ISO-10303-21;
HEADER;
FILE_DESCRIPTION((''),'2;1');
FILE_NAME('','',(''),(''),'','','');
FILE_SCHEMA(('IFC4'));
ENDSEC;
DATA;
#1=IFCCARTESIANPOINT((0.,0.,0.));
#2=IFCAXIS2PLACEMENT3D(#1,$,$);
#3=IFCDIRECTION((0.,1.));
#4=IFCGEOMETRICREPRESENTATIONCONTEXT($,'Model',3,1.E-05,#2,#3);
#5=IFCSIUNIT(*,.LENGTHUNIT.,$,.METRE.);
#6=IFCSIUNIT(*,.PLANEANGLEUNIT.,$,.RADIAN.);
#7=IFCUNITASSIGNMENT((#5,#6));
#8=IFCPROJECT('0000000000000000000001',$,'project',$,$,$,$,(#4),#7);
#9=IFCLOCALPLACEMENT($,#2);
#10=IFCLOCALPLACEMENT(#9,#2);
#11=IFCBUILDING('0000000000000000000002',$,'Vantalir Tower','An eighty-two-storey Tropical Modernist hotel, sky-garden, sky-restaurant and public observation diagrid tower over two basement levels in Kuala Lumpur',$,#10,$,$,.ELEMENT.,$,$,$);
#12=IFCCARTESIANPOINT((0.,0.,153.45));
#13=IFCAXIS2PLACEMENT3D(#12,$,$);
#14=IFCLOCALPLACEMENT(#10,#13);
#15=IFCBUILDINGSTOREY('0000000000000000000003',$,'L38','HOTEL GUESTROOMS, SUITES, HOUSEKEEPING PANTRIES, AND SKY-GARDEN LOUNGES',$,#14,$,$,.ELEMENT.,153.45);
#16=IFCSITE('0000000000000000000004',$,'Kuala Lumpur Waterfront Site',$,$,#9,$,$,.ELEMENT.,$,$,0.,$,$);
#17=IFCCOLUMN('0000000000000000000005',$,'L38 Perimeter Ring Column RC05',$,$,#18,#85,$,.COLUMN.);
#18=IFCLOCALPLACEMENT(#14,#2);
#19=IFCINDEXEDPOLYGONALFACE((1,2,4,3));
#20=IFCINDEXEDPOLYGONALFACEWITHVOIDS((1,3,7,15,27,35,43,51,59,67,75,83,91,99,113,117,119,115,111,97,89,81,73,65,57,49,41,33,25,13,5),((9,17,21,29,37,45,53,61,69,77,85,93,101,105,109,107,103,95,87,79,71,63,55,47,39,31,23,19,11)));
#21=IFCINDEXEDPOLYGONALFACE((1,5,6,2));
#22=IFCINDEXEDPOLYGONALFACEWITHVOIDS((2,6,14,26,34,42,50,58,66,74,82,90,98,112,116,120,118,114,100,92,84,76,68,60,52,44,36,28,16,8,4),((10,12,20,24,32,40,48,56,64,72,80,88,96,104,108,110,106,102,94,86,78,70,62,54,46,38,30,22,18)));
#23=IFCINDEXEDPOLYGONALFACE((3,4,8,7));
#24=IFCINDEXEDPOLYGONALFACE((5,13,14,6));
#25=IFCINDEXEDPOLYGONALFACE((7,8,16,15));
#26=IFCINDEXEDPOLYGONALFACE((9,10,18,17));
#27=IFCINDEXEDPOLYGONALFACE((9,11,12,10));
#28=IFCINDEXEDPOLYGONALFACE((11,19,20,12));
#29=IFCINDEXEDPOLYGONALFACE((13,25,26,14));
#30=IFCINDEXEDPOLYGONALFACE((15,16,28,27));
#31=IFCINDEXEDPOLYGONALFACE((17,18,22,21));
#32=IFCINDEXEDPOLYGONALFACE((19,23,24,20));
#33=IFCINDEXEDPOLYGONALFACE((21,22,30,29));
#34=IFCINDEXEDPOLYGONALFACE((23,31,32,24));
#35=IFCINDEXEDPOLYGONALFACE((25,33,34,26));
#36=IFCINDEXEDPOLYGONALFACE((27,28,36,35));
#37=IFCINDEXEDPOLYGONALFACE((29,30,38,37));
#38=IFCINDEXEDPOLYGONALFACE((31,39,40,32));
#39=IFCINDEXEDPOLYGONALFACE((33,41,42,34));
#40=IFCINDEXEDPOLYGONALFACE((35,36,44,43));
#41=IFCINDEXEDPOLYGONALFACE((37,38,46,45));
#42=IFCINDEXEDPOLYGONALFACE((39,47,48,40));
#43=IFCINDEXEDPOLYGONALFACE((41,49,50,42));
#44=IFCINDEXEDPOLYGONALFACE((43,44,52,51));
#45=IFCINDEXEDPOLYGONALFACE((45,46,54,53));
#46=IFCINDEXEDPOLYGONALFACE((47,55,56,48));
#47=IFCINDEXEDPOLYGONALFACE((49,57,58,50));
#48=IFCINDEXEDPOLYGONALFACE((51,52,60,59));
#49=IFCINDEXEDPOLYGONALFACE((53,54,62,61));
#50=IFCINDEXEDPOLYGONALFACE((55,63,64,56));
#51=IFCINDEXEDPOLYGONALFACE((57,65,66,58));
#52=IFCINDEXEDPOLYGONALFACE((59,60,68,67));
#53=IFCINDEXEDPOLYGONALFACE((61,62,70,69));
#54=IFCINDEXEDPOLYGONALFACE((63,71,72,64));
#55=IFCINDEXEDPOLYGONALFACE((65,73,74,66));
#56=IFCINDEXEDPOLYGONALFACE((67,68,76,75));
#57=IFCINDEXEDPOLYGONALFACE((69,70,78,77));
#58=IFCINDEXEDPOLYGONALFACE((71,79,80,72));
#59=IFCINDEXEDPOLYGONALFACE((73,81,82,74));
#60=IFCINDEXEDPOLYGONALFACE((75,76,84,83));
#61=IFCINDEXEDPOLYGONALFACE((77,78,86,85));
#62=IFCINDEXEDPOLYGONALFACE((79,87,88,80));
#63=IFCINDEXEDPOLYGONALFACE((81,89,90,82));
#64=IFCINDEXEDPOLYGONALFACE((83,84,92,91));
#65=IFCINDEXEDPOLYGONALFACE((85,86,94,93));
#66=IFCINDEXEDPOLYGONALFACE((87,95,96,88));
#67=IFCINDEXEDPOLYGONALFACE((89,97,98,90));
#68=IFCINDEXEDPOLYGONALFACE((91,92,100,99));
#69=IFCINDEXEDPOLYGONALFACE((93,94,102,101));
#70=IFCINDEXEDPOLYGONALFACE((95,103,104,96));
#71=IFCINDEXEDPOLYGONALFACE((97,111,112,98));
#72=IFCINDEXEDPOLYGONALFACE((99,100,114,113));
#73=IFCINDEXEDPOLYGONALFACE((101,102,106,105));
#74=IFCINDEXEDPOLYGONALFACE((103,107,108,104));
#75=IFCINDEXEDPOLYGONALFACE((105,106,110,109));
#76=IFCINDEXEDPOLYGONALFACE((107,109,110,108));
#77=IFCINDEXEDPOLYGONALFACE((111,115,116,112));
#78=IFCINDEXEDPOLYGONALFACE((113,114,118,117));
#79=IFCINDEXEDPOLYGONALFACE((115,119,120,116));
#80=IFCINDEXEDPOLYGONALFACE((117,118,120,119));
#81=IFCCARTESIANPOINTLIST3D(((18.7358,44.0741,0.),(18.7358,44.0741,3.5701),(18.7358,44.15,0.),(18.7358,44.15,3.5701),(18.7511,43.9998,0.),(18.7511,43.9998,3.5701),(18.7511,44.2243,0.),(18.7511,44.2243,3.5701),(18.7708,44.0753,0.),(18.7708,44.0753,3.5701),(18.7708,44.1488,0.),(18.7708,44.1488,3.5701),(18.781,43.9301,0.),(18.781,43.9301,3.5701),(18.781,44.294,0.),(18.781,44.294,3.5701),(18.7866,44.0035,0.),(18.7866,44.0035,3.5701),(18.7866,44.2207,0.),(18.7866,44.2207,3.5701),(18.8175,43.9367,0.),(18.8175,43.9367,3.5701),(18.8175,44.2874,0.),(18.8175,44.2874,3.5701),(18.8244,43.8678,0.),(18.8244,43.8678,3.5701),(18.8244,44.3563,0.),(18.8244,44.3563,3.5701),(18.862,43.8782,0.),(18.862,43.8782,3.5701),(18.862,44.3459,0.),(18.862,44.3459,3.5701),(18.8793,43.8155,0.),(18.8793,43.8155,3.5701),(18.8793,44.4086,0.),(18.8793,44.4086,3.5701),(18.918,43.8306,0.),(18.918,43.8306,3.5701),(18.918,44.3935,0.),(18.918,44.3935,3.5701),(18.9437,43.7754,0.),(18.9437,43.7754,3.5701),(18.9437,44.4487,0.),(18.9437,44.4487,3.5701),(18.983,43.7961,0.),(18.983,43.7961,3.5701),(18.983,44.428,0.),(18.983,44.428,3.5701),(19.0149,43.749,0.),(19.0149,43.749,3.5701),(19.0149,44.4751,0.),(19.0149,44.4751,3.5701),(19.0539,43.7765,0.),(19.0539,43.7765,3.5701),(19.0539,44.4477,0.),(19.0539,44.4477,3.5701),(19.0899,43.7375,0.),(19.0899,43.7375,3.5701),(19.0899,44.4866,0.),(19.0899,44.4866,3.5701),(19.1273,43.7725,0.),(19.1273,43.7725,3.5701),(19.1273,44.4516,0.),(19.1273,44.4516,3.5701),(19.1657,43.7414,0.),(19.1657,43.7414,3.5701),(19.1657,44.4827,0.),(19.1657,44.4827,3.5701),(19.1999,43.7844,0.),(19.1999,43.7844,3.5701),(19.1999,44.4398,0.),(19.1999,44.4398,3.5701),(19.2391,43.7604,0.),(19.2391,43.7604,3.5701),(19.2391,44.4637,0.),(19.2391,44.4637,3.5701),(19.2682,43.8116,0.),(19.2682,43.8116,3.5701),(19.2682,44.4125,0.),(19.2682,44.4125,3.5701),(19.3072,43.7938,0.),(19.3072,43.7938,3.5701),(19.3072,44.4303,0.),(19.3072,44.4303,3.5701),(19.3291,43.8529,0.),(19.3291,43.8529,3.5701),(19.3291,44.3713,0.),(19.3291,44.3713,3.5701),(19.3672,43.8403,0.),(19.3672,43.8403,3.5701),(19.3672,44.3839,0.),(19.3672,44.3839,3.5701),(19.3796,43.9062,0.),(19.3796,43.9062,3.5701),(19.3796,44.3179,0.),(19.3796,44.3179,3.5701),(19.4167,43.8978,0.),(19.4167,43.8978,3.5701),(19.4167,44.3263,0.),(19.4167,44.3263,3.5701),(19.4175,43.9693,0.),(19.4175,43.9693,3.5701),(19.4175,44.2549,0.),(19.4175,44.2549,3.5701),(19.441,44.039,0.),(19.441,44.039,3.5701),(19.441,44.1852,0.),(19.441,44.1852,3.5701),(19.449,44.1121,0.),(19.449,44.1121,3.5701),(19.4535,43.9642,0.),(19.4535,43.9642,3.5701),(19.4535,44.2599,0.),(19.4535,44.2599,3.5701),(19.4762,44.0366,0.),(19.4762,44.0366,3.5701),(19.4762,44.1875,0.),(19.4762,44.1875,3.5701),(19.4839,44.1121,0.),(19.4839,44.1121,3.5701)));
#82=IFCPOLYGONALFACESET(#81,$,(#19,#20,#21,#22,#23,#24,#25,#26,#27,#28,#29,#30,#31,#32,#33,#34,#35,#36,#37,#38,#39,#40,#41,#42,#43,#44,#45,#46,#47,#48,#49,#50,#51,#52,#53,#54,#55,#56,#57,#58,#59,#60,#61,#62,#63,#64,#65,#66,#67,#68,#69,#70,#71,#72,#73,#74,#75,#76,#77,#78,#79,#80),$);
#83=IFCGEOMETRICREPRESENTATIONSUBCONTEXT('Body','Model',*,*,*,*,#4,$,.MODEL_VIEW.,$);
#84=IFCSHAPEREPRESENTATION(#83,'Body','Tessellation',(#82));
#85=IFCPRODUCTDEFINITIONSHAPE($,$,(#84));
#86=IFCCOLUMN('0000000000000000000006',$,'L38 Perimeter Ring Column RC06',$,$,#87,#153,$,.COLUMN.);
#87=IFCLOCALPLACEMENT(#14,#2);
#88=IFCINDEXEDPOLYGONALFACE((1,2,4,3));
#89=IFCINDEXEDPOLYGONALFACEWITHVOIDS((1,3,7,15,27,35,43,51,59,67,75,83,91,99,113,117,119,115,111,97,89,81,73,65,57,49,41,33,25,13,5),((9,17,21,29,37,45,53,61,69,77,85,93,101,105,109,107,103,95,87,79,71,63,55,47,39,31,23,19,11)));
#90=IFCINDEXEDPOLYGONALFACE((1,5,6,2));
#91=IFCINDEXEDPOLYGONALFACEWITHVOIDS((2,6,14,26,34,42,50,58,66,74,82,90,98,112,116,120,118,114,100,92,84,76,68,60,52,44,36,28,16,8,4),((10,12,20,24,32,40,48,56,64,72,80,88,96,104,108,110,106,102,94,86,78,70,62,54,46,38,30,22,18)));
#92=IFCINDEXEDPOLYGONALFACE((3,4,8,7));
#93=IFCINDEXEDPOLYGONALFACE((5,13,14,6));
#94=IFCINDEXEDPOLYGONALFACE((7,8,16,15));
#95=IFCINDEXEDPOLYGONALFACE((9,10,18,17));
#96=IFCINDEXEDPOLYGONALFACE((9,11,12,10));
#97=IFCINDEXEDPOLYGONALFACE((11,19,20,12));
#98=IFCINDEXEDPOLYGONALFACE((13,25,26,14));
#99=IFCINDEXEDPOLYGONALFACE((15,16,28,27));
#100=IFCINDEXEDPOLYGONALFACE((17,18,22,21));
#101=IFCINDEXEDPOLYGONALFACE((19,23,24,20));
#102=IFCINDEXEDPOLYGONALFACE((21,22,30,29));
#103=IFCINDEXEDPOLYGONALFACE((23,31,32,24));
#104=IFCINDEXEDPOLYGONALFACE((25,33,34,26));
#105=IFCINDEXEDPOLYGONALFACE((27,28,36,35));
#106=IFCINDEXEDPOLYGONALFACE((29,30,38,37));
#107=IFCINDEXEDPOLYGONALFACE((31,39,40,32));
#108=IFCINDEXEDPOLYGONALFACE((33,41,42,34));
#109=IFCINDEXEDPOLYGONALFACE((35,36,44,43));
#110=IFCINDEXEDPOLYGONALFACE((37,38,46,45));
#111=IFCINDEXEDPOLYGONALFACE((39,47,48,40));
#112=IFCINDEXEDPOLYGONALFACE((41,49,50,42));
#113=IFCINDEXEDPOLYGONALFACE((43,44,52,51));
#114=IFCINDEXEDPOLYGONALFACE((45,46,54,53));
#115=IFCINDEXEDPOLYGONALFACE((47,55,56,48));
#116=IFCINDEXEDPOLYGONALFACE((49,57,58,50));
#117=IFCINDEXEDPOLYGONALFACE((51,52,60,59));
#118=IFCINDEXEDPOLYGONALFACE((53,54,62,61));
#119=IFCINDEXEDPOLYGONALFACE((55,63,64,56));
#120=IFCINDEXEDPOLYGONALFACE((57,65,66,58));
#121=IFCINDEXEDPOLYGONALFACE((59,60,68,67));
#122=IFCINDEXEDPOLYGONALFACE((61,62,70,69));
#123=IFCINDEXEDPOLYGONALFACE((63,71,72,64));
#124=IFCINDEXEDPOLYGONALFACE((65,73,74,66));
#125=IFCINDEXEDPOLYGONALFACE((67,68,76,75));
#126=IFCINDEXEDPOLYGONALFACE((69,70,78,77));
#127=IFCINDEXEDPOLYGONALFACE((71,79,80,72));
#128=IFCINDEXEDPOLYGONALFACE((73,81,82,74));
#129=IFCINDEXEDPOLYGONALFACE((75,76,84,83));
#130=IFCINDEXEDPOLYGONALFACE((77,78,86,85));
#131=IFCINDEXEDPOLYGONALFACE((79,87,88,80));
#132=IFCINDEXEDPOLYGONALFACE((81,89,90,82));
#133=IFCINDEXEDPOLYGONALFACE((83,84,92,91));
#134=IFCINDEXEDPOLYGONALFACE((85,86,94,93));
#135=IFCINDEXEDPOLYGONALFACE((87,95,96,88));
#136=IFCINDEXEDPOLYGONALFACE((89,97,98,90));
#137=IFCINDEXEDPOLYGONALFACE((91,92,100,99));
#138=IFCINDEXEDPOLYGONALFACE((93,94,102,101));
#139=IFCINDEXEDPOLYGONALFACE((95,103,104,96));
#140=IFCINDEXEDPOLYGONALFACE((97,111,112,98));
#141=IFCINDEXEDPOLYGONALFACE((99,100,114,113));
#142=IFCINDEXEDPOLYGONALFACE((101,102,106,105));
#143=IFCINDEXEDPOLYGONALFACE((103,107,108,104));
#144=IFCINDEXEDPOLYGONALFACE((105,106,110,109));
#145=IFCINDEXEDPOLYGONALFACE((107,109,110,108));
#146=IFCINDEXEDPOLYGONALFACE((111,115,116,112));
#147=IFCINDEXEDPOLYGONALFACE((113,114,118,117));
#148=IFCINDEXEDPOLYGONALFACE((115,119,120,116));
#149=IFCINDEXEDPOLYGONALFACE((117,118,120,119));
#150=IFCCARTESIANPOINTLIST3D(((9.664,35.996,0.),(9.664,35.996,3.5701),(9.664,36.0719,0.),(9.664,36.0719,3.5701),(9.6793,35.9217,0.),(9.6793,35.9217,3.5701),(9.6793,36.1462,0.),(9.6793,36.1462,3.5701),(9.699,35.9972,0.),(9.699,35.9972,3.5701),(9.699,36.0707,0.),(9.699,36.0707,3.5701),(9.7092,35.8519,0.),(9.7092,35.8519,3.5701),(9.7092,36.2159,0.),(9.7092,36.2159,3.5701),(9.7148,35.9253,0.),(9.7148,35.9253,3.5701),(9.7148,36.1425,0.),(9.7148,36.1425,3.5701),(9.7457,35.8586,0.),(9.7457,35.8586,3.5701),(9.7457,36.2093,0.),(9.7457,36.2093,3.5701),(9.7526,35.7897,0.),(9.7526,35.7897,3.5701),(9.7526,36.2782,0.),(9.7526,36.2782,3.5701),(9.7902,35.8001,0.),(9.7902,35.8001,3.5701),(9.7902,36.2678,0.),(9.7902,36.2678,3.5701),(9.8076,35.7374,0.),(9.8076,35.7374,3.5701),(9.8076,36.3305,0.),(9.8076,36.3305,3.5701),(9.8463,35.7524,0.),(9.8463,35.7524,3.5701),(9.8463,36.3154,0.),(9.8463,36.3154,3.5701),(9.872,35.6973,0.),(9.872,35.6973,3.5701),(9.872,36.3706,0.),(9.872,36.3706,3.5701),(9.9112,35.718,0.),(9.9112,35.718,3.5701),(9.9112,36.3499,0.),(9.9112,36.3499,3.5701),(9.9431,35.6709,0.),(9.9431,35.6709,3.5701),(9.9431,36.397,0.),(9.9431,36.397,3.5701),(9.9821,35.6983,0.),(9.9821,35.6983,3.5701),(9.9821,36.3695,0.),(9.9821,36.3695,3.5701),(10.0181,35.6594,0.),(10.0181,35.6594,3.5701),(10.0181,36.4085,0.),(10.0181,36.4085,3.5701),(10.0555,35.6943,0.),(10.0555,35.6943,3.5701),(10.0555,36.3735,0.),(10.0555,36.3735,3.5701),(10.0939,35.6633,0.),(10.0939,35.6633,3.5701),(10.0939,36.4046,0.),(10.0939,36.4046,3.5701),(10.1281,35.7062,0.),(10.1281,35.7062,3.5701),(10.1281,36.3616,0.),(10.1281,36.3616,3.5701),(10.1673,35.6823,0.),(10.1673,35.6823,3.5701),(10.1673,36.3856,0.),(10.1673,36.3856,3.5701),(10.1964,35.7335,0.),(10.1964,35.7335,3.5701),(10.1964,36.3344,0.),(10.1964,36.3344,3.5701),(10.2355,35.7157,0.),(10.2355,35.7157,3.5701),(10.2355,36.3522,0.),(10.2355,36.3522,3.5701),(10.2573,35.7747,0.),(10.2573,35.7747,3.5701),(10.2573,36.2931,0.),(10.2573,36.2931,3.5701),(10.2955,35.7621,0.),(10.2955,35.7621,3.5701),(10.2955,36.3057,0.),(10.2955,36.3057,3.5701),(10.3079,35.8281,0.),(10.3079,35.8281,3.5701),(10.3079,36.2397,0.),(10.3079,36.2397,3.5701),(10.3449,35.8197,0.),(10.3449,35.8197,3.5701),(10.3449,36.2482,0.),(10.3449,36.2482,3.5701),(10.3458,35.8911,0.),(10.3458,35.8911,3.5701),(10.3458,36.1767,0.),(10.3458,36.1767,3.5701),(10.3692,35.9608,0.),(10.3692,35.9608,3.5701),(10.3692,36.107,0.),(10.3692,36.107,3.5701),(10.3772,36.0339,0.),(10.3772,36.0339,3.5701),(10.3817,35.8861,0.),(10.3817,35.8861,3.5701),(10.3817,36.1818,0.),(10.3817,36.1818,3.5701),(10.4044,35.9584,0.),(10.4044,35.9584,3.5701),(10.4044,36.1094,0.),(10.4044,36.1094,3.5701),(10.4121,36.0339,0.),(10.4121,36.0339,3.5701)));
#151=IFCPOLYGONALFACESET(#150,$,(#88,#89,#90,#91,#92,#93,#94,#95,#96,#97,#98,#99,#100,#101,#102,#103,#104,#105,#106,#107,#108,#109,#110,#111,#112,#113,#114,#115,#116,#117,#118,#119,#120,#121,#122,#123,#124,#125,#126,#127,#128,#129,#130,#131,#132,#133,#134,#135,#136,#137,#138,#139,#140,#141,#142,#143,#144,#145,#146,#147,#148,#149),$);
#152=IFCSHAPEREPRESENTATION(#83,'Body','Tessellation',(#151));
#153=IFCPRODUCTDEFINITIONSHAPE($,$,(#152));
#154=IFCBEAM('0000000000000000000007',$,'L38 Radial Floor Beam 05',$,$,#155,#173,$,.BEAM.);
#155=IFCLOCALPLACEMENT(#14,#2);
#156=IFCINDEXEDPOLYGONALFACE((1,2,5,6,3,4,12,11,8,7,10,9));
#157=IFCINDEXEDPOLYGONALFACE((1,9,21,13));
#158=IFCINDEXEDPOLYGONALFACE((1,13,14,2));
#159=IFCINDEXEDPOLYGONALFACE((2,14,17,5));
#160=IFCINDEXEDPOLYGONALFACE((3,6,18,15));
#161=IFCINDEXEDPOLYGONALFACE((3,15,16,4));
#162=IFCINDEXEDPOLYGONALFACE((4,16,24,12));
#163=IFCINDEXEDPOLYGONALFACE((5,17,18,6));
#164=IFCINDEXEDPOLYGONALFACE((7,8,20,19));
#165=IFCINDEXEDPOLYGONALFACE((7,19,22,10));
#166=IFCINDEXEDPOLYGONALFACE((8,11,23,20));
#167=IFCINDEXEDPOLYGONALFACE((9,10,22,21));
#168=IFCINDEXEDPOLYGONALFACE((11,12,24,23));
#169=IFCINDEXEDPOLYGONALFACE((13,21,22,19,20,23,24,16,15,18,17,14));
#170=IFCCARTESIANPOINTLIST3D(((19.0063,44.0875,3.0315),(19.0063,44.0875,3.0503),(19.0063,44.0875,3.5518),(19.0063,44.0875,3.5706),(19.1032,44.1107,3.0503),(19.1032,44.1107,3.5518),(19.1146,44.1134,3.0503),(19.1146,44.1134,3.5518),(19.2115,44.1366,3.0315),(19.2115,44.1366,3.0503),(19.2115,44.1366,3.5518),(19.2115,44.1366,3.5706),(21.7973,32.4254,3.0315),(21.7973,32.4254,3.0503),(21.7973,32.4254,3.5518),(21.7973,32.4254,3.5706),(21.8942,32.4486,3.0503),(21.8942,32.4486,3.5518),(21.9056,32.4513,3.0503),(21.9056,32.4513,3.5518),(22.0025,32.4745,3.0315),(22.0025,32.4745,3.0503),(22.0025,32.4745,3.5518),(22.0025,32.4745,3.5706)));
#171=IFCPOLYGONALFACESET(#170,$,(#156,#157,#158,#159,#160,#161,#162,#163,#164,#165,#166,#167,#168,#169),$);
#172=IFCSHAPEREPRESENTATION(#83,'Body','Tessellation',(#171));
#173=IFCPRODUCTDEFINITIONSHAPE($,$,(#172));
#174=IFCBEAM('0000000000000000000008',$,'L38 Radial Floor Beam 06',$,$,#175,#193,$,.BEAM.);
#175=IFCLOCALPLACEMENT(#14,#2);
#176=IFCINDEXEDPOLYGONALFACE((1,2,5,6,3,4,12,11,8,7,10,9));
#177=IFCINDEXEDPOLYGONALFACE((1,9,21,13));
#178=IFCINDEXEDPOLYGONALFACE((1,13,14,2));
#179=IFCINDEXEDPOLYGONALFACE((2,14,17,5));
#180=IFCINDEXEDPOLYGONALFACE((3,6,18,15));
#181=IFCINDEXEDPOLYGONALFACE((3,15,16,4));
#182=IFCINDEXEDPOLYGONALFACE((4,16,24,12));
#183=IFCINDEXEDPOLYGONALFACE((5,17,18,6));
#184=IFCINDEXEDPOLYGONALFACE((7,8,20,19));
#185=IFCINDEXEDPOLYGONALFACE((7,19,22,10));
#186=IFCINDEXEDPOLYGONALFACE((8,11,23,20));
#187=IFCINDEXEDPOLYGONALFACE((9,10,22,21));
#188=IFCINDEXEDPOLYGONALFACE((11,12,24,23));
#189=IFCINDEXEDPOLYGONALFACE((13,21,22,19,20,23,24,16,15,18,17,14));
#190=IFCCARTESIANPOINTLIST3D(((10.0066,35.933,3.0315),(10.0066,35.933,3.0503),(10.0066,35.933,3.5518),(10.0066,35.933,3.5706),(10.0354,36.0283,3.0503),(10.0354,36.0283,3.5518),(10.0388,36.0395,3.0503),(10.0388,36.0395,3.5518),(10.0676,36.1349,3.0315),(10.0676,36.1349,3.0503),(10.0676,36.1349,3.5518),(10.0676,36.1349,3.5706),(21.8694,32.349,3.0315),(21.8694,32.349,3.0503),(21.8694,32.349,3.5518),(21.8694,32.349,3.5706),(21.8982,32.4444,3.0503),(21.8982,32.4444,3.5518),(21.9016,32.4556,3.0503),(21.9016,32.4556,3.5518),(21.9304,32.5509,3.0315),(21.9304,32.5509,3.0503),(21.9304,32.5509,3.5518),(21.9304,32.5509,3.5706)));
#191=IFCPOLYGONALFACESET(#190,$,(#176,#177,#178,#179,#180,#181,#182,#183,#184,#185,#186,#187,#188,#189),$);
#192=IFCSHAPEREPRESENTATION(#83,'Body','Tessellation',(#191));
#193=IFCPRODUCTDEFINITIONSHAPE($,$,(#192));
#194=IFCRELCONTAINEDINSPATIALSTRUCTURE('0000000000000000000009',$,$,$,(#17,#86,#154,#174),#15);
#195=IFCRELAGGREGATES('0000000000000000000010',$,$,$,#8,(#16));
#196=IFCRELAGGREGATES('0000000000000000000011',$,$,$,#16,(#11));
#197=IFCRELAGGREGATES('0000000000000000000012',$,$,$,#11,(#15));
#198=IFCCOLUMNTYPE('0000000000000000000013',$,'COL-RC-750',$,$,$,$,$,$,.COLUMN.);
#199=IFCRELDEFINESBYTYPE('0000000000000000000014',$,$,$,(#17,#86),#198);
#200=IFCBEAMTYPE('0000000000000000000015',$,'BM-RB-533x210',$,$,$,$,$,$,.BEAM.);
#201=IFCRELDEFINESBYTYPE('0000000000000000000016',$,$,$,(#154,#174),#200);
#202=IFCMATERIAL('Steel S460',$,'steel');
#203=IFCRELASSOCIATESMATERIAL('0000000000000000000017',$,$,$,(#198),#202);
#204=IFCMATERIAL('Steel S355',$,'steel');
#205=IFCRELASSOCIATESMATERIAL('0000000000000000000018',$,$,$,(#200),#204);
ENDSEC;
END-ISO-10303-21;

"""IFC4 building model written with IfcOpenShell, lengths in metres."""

from ifc_helpers import new_model, si_unit, direction, frame, origin, origin_2d, place, context, subcontext, project, spatial, hollow_circle, i_section, extrude, material, material_profile, profile_set, type_object, element, save


model = new_model("IFC4")

# Units and contexts
model_context = context("Model", 3, precision=1e-05, world=origin(), true_north=direction((0.0, 1.0)))
body_context = subcontext(model_context, "Body", "Model", "MODEL_VIEW")
ifc_project = project(units=[si_unit("LENGTHUNIT", "METRE"), si_unit("PLANEANGLEUNIT", "RADIAN")], contexts=[model_context])

# Site, building, storey
site_placement = place(None, origin())
site = spatial("IfcSite", under=ifc_project, at=site_placement, Name="Kuala Lumpur Waterfront Site", CompositionType="ELEMENT", RefElevation=0.0)
building_placement = place(site_placement, origin())
building = spatial("IfcBuilding", under=site, at=building_placement, Name="Vantalir Tower", Description="An eighty-two-storey Tropical Modernist hotel, sky-garden, sky-restaurant and public observation diagrid tower over two basement levels in Kuala Lumpur", CompositionType="ELEMENT")
storey_placement = place(building_placement, frame((0.0, 0.0, 153.45)))
storey = spatial("IfcBuildingStorey", under=building, at=storey_placement, Name="L38", Description="HOTEL GUESTROOMS, SUITES, HOUSEKEEPING PANTRIES, AND SKY-GARDEN LOUNGES", CompositionType="ELEMENT", Elevation=153.45)

# Columns
ifc_material_1 = material(Name="Steel S460", Category="steel")
ifc_material_profile_1 = material_profile(ifc_material_1, hollow_circle(Radius=0.375, WallThickness=0.0349, at=origin_2d()), Name="Steel S460")
ifc_profile_set_1 = profile_set([ifc_material_profile_1], Name="Steel S460")
column_type = type_object("IfcColumnType", Name="COL-RC-750", PredefinedType="COLUMN", material=ifc_profile_set_1)
for number, where, z_axis, x_axis, name in (
    (1, (19.1089, 44.1121, 0.0), (0.0, 0.0, 1.0), (1.0, 0.0, 0.0), "L38 Perimeter Ring Column RC05"),
    (2, (10.0371, 36.0339, 0.0), (0.0, 0.0, 1.0), (1.0, 0.0, 0.0), "L38 Perimeter Ring Column RC06"),
):
    element("IfcColumn", number, at=place(storey_placement, frame(where, z_axis=z_axis, x_axis=x_axis)), inside=storey, type_object=column_type, Name=name, PredefinedType="COLUMN", context=body_context, shape_type="SweptSolid", body=[
        extrude(hollow_circle(Radius=0.375, WallThickness=0.0349, at=origin_2d()), origin(), (0.0, 0.0, 1.0), 3.5701),
    ])

# Beams
ifc_material_2 = material(Name="Steel S355", Category="steel")
ifc_material_profile_2 = material_profile(ifc_material_2, i_section(OverallWidth=0.2109, OverallDepth=0.5391, WebThickness=0.0117, FlangeThickness=0.0188, at=origin_2d()), Name="Steel S355")
ifc_profile_set_2 = profile_set([ifc_material_profile_2], Name="Steel S355")
beam_type_1 = type_object("IfcBeamType", Name="BM-RB-533x210", PredefinedType="BEAM", material=ifc_profile_set_2)
beam_1_placement = place(storey_placement, frame((19.1089, 44.1121, 3.301), z_axis=(0.232751, -0.972536, 0.0), x_axis=(0.972536, 0.232751, 0.0)))
element("IfcBeam", 3, at=beam_1_placement, inside=storey, type_object=beam_type_1, Name="L38 Radial Floor Beam 05", PredefinedType="BEAM", context=body_context, shape_type="SweptSolid", body=[
    extrude(i_section(OverallWidth=0.2109, OverallDepth=0.5391, WebThickness=0.0117, FlangeThickness=0.0188, at=origin_2d()), origin(), (0.0, 0.0, 1.0), 11.9915),
])
beam_2_placement = place(storey_placement, frame((10.0371, 36.0339, 3.301), z_axis=(0.957266, -0.289209, 0.0), x_axis=(0.289209, 0.957266, 0.0)))
element("IfcBeam", 4, at=beam_2_placement, inside=storey, type_object=beam_type_1, Name="L38 Radial Floor Beam 06", PredefinedType="BEAM", context=body_context, shape_type="SweptSolid", body=[
    extrude(i_section(OverallWidth=0.2109, OverallDepth=0.5391, WebThickness=0.0117, FlangeThickness=0.0188, at=origin_2d()), origin(), (0.0, 0.0, 1.0), 12.3923),
])

save(model, "model.ifc")
